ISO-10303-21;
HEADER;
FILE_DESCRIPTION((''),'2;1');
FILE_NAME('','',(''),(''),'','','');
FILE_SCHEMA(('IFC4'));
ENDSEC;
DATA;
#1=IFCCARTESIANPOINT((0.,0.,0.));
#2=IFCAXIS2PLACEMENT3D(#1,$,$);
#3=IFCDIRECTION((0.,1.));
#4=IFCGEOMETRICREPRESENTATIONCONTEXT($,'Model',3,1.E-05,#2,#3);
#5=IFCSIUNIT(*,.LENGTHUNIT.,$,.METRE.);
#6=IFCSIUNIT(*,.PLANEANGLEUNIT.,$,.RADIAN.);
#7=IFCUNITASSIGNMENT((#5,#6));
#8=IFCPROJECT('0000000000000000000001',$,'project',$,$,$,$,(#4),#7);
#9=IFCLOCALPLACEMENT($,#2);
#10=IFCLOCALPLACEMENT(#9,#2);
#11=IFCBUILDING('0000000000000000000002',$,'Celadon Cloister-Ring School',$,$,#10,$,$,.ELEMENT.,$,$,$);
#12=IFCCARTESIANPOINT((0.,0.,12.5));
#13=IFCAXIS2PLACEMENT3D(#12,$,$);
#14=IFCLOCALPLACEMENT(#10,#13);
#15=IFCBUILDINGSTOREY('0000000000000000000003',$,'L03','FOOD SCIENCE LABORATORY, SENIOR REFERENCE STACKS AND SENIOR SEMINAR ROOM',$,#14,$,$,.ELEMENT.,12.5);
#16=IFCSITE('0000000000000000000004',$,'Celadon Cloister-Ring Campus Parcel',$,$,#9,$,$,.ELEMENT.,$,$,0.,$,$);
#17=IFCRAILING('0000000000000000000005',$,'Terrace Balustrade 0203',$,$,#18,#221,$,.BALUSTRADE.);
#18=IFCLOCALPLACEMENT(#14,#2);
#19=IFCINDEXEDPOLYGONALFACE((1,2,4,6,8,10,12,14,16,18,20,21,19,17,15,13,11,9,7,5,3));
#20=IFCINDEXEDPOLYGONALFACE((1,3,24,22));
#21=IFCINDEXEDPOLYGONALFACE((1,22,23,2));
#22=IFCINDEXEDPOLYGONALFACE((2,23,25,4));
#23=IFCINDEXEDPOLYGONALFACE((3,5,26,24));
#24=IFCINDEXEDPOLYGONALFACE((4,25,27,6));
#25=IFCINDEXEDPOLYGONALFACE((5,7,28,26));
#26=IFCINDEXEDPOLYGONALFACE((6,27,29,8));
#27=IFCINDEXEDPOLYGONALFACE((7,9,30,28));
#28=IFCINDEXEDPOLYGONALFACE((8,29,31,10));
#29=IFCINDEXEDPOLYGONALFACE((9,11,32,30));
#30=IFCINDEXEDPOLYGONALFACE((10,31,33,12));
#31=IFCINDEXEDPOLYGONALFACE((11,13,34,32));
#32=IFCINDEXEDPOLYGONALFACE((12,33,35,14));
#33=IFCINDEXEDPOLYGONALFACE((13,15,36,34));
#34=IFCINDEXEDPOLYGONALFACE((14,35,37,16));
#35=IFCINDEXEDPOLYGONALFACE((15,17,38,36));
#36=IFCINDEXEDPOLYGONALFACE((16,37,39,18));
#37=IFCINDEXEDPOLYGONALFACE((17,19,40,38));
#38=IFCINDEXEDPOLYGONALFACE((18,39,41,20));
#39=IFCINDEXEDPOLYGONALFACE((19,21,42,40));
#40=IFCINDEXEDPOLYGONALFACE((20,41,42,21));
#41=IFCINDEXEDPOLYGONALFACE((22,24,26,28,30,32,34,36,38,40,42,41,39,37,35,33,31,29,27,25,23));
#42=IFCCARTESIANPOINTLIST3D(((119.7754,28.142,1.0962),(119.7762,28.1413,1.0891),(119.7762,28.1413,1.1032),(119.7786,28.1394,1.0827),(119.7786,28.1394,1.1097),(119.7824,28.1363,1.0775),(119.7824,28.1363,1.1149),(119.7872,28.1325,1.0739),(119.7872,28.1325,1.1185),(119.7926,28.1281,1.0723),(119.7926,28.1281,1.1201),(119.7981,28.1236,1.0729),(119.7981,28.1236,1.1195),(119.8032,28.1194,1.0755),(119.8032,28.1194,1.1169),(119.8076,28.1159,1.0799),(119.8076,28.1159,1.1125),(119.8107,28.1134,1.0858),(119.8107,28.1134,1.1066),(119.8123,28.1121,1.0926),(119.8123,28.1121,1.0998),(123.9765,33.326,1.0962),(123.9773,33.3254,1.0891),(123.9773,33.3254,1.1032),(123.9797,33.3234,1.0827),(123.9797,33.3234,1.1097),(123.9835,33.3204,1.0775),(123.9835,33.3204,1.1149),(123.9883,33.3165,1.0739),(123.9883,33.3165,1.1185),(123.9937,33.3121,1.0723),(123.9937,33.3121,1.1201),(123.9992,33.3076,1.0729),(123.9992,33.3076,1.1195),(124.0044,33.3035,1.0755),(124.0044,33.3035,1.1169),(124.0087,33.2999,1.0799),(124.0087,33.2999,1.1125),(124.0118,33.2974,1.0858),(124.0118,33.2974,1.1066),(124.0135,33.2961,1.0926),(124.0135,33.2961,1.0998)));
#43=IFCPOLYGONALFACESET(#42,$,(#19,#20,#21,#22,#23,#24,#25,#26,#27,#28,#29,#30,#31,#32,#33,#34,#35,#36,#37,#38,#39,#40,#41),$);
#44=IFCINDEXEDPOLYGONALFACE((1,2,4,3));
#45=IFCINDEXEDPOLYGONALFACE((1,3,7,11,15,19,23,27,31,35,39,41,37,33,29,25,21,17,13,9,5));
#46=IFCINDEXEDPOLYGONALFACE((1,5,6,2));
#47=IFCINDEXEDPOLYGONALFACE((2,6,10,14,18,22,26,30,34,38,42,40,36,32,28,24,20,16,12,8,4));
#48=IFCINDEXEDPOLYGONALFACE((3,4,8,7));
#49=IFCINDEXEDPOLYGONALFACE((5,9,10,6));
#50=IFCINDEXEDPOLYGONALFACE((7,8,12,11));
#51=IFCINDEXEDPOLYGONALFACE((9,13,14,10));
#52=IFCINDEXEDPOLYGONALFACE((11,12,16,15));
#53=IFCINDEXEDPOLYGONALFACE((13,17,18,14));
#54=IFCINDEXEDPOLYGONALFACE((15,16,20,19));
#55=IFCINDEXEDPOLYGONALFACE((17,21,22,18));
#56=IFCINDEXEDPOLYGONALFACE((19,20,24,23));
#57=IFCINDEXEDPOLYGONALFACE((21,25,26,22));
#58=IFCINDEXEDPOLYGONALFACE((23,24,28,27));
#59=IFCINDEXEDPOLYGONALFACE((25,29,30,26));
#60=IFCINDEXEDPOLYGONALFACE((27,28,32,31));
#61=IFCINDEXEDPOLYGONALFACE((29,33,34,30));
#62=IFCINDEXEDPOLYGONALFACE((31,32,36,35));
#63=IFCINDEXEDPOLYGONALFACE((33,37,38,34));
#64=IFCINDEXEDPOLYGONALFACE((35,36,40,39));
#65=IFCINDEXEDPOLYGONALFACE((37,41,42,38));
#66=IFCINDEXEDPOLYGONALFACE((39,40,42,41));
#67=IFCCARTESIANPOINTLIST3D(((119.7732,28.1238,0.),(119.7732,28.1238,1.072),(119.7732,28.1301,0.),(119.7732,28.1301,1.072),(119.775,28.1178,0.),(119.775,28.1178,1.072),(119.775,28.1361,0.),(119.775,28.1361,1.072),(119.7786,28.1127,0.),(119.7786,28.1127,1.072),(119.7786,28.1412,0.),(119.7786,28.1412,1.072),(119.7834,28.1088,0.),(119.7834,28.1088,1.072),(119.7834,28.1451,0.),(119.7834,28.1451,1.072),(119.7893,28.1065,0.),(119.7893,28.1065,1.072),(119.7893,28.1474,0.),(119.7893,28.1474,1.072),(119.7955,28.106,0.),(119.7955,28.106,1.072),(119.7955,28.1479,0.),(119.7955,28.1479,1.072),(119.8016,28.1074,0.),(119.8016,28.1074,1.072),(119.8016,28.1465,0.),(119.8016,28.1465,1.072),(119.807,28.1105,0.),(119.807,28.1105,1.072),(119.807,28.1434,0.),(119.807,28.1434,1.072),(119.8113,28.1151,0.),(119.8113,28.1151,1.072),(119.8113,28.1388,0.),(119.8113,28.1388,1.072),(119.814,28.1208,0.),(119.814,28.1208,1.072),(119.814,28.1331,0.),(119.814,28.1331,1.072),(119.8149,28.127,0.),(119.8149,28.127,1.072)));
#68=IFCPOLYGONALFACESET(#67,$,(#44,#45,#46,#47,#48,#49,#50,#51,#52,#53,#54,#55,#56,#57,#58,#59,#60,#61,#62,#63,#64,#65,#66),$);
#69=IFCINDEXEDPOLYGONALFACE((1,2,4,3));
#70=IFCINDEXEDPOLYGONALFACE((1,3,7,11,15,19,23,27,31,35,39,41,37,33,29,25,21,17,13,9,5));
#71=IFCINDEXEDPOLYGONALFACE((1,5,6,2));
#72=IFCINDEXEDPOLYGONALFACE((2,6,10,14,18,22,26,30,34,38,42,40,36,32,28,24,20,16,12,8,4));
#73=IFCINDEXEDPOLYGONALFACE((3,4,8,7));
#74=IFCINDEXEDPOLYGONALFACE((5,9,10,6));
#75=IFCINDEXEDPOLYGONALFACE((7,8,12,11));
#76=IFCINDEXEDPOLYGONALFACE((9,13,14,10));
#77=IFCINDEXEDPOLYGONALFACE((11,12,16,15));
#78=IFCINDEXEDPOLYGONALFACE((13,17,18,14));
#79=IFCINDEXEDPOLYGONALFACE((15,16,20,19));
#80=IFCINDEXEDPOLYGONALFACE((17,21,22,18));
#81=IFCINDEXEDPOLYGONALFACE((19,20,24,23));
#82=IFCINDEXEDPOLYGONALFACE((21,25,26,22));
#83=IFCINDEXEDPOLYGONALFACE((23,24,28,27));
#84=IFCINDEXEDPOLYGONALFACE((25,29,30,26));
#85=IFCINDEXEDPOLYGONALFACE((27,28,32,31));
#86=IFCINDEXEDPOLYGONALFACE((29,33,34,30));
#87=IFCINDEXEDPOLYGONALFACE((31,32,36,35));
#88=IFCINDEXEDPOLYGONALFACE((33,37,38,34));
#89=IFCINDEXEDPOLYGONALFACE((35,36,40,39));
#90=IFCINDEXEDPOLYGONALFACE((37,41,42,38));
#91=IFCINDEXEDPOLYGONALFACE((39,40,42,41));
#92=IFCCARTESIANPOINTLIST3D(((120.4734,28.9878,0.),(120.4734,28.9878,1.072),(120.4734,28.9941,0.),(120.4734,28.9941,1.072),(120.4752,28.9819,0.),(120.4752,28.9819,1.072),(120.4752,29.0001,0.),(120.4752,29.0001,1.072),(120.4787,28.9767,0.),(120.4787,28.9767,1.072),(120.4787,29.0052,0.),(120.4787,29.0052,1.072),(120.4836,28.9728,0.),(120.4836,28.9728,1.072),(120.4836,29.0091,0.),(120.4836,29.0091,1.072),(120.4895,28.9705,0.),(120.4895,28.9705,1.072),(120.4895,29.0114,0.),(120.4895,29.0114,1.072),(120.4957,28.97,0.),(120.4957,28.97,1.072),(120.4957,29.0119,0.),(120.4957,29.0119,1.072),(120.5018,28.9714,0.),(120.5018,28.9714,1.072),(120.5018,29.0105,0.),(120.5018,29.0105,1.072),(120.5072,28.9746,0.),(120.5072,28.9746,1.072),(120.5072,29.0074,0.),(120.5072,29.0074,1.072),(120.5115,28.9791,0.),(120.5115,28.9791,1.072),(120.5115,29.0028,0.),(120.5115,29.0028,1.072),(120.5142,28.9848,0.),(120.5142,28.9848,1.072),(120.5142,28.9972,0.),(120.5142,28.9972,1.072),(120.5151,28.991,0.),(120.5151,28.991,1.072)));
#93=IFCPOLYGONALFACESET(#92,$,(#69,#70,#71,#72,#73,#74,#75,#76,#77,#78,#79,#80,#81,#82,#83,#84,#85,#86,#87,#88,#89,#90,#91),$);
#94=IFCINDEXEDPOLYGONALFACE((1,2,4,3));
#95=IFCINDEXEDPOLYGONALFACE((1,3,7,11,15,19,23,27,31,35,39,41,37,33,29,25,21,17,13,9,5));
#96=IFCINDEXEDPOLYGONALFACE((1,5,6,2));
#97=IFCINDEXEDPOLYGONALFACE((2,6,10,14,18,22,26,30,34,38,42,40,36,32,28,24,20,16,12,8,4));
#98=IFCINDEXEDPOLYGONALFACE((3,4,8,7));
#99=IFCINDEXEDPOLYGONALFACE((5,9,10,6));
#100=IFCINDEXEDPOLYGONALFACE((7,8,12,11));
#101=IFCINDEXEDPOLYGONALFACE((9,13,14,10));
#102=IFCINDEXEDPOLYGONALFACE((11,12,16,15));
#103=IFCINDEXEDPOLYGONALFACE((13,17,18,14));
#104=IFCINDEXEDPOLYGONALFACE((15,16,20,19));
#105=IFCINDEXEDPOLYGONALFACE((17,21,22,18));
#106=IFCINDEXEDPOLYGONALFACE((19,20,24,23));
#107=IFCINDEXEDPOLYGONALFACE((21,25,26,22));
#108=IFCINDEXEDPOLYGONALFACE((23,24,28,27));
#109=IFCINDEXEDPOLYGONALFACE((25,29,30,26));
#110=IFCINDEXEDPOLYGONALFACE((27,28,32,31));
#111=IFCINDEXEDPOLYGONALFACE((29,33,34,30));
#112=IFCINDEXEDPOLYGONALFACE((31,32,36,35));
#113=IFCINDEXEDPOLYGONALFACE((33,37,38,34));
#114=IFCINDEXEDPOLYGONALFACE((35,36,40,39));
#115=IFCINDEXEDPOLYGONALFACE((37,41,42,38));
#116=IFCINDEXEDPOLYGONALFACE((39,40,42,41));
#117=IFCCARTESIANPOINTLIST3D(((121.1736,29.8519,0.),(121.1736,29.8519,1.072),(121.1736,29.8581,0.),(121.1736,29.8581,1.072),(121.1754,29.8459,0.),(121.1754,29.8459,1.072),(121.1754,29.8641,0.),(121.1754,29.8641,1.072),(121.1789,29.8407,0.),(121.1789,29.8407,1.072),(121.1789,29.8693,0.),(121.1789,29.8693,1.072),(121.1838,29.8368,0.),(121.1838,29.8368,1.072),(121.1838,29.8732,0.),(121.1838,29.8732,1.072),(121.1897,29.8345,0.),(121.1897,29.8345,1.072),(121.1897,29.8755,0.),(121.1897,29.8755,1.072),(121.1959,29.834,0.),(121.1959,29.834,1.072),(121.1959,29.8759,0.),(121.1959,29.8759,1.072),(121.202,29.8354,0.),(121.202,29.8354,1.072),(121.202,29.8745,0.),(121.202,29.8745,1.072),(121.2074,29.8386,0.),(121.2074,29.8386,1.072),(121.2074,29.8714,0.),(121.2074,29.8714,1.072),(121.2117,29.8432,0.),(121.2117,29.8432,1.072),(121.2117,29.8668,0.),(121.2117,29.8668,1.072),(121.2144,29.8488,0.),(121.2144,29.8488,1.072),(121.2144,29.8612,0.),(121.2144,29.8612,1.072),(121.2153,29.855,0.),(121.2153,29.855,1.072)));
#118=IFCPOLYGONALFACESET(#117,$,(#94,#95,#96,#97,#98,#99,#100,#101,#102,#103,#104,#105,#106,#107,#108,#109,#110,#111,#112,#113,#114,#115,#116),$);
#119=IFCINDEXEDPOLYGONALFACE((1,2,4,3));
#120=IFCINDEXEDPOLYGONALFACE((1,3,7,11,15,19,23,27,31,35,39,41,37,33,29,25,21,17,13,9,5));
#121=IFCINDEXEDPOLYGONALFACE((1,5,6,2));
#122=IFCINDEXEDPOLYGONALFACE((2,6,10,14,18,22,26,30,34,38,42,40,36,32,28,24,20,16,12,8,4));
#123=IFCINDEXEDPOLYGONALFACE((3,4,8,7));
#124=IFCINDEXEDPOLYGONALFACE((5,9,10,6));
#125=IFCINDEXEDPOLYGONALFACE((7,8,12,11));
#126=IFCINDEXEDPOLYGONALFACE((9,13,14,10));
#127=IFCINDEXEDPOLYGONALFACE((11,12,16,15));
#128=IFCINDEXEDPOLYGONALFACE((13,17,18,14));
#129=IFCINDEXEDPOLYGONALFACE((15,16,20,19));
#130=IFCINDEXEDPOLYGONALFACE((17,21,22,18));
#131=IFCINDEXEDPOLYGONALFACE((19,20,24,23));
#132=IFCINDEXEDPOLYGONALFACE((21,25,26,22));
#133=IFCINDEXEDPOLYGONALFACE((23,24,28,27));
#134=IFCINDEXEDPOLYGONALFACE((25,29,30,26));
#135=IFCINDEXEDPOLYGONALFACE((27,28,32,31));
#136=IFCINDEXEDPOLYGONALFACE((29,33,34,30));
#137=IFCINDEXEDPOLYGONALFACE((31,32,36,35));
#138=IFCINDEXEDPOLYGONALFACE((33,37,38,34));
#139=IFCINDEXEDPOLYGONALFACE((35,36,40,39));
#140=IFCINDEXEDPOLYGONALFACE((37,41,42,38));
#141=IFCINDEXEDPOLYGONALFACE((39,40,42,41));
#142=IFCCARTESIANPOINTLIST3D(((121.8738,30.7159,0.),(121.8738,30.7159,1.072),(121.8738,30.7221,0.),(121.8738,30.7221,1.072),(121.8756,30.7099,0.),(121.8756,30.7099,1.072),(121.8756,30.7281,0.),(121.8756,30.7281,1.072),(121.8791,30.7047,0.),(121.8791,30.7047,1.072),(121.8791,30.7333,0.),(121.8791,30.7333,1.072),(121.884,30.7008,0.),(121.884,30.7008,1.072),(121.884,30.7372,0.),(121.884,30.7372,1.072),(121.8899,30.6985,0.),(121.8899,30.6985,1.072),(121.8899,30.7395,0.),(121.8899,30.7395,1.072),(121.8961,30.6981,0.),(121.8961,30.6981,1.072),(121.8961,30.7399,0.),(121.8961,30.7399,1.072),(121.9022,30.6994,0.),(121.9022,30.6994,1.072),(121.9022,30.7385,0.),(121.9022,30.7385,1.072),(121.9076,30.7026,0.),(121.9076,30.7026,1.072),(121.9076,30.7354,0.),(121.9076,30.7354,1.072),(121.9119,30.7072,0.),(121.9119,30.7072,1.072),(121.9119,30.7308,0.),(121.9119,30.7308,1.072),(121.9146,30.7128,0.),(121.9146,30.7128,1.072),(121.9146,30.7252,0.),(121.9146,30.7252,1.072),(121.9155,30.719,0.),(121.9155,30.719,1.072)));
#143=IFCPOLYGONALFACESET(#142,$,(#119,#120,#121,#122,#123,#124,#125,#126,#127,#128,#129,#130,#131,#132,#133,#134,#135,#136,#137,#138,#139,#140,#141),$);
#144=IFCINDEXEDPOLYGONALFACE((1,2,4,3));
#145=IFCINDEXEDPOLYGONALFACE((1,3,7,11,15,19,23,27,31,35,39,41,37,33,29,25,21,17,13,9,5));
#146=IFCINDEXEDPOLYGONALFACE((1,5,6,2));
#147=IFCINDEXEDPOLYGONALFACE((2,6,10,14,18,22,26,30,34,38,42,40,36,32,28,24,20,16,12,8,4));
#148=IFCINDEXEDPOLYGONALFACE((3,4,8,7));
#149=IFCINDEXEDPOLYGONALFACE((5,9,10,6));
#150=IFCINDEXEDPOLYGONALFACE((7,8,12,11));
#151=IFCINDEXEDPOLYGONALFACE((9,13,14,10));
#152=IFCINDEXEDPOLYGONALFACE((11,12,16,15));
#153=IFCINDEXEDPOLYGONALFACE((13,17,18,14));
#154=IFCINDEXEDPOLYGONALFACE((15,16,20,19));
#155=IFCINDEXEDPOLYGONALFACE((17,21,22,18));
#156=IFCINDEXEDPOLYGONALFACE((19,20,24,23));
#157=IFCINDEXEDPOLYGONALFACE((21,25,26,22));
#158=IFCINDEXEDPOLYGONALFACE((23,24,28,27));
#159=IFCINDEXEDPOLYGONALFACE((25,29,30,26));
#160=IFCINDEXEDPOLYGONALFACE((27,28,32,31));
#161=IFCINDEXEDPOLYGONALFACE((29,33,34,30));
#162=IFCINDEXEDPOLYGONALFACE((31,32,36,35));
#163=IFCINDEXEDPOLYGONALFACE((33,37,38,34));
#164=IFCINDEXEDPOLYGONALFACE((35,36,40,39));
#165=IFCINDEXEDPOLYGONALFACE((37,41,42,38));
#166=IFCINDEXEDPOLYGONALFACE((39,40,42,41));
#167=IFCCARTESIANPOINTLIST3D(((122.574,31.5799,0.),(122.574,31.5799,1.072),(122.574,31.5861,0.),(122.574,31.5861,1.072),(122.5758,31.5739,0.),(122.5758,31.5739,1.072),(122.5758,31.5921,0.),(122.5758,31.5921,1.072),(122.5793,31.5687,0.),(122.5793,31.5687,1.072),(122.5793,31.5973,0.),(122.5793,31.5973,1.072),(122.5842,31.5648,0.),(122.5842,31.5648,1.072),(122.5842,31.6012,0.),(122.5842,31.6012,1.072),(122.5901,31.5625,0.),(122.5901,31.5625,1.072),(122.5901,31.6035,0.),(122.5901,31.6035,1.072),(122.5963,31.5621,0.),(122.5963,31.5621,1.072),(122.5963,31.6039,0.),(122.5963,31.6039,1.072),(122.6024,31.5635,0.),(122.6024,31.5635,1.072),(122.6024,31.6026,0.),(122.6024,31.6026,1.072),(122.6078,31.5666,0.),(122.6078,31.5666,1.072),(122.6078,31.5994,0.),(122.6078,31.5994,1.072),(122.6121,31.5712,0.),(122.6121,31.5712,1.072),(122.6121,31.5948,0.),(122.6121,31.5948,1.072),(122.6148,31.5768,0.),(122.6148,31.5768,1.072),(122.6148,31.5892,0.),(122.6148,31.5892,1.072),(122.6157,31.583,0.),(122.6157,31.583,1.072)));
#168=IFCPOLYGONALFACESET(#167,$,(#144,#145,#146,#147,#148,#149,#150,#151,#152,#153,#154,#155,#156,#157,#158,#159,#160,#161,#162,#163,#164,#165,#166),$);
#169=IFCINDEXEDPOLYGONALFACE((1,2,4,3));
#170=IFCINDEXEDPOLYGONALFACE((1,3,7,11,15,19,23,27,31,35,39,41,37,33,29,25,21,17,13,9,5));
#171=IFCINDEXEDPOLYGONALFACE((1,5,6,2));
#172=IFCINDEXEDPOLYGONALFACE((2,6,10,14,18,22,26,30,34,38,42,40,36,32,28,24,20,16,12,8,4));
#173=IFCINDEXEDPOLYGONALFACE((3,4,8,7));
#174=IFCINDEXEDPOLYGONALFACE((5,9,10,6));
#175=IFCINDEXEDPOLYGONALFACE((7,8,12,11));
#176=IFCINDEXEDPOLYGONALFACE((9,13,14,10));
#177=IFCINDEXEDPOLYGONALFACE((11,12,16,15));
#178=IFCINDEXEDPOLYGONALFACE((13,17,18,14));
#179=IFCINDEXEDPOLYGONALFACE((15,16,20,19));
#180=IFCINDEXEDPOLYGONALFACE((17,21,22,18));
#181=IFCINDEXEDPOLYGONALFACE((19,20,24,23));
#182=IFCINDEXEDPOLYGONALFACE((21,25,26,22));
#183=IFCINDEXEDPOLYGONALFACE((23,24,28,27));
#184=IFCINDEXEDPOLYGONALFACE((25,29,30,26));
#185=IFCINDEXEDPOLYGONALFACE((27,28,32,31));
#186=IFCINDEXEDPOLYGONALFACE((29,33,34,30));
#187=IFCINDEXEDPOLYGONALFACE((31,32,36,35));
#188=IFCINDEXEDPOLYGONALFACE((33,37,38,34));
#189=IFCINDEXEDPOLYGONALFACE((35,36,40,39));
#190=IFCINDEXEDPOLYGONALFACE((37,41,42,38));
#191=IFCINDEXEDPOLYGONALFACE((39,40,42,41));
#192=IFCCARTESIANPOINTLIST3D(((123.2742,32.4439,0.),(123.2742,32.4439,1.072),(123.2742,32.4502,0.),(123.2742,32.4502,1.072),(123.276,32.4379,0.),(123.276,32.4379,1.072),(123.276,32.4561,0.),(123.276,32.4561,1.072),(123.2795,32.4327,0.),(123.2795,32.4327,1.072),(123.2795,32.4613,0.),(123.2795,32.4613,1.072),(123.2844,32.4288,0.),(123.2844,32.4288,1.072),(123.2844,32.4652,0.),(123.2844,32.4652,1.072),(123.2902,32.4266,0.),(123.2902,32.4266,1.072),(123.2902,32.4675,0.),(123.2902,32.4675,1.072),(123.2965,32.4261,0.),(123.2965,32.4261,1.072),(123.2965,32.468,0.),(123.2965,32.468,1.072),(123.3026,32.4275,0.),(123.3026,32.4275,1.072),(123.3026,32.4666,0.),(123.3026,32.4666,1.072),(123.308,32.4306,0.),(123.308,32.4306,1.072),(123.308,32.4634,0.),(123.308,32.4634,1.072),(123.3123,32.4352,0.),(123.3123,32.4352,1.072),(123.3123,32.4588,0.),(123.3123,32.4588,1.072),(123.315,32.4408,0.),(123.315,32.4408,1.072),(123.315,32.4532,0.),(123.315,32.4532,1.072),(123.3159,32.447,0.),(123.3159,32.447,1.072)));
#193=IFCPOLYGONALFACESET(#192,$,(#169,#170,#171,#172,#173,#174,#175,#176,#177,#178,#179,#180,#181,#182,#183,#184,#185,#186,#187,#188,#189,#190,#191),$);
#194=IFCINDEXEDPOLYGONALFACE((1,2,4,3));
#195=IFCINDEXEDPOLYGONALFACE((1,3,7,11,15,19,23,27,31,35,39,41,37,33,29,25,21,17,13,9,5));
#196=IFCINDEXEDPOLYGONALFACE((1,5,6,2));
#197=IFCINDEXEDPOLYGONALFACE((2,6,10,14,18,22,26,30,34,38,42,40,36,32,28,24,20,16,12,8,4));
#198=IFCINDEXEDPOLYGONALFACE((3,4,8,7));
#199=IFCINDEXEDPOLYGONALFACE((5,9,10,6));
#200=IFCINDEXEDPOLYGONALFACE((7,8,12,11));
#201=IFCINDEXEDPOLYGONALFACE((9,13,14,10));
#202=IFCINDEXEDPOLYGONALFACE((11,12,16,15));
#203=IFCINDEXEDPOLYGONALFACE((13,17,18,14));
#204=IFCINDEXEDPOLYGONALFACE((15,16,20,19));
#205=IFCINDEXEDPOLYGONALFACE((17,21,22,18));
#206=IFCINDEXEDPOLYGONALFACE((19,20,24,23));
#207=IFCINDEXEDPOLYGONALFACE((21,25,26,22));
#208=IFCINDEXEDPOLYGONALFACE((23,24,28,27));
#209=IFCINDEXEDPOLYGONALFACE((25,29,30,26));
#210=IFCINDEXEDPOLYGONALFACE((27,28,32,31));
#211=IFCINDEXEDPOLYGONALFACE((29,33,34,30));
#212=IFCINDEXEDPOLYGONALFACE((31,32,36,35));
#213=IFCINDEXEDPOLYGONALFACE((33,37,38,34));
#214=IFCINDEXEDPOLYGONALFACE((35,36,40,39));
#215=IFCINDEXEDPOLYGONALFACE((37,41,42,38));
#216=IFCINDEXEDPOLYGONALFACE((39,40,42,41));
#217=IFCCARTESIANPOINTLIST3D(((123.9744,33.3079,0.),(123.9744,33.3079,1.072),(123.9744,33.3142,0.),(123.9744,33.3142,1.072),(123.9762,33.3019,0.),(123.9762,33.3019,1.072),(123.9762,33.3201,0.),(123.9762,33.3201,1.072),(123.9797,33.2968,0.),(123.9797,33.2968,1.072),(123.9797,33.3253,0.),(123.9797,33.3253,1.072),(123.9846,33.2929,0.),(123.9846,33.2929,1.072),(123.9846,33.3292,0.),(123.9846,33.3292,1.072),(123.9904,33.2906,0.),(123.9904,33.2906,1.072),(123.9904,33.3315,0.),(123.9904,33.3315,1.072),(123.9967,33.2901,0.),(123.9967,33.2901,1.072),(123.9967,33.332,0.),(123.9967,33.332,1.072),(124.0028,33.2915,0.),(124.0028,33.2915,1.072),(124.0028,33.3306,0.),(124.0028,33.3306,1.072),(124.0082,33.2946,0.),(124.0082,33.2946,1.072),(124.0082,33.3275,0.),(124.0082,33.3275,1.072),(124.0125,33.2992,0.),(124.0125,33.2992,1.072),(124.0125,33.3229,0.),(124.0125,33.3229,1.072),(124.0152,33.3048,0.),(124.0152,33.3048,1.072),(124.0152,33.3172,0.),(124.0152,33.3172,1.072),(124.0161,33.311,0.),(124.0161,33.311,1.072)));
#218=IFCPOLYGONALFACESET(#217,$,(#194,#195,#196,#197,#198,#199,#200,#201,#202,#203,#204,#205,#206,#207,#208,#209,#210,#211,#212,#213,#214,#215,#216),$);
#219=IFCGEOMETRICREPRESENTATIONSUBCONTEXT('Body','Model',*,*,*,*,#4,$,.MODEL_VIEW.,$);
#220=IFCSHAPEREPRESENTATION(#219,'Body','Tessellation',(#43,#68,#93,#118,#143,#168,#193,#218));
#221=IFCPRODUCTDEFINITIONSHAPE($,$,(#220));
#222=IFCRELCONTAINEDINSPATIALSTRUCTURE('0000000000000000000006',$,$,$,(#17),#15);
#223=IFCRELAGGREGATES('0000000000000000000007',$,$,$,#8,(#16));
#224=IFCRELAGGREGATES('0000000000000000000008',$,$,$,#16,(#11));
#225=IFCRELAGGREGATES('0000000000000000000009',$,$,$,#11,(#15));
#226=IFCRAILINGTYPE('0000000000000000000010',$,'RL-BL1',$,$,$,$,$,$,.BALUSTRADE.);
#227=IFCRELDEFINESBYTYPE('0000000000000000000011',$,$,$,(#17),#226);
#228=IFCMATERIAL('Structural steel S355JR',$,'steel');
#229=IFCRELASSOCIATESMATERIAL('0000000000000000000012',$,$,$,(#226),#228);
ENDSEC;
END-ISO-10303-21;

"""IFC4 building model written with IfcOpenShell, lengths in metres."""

from ifc_helpers import new_model, si_unit, direction, frame, origin, origin_2d, place, context, subcontext, project, spatial, circle, extrude, material, type_object, element, save


model = new_model("IFC4")

# Units and contexts
model_context = context("Model", 3, precision=1e-05, world=origin(), true_north=direction((0.0, 1.0)))
body_context = subcontext(model_context, "Body", "Model", "MODEL_VIEW")
ifc_project = project(units=[si_unit("LENGTHUNIT", "METRE"), si_unit("PLANEANGLEUNIT", "RADIAN")], contexts=[model_context])

# Site, building, storey
site_placement = place(None, origin())
site = spatial("IfcSite", under=ifc_project, at=site_placement, Name="Celadon Cloister-Ring Campus Parcel", CompositionType="ELEMENT", RefElevation=0.0)
building_placement = place(site_placement, origin())
building = spatial("IfcBuilding", under=site, at=building_placement, Name="Celadon Cloister-Ring School", CompositionType="ELEMENT")
storey_placement = place(building_placement, frame((0.0, 0.0, 12.5)))
storey = spatial("IfcBuildingStorey", under=building, at=storey_placement, Name="L03", Description="FOOD SCIENCE LABORATORY, SENIOR REFERENCE STACKS AND SENIOR SEMINAR ROOM", CompositionType="ELEMENT", Elevation=12.5)

# Railing
ifc_material_1 = material(Name="Structural steel S355JR", Category="steel")
railing_type = type_object("IfcRailingType", Name="RL-BL1", PredefinedType="BALUSTRADE", material=ifc_material_1)
railing_placement = place(storey_placement, frame((119.7939, 28.127, 0.0)))
element("IfcRailing", 1, at=railing_placement, inside=storey, type_object=railing_type, Name="Terrace Balustrade 0203", PredefinedType="BALUSTRADE", context=body_context, shape_type="SweptSolid", body=[
    extrude(circle(Radius=0.0239, at=origin_2d()), frame((0.0, 0.0, 1.0962), z_axis=(0.629609, 0.776912, 0.0), x_axis=(-0.776912, 0.629609, 0.0)), (0.0, 0.0, 1.0), 6.6726),
    extrude(circle(Radius=0.021, at=origin_2d()), origin(), (0.0, 0.0, 1.0), 1.072),
    extrude(circle(Radius=0.021, at=origin_2d()), frame((0.7002, 0.864, 0.0)), (0.0, 0.0, 1.0), 1.072),
    extrude(circle(Radius=0.021, at=origin_2d()), frame((1.4004, 1.728, 0.0)), (0.0, 0.0, 1.0), 1.072),
    extrude(circle(Radius=0.021, at=origin_2d()), frame((2.1006, 2.592, 0.0)), (0.0, 0.0, 1.0), 1.072),
    extrude(circle(Radius=0.021, at=origin_2d()), frame((2.8008, 3.4561, 0.0)), (0.0, 0.0, 1.0), 1.072),
    extrude(circle(Radius=0.021, at=origin_2d()), frame((3.501, 4.3201, 0.0)), (0.0, 0.0, 1.0), 1.072),
    extrude(circle(Radius=0.021, at=origin_2d()), frame((4.2012, 5.1841, 0.0)), (0.0, 0.0, 1.0), 1.072),
])

save(model, "model.ifc")
